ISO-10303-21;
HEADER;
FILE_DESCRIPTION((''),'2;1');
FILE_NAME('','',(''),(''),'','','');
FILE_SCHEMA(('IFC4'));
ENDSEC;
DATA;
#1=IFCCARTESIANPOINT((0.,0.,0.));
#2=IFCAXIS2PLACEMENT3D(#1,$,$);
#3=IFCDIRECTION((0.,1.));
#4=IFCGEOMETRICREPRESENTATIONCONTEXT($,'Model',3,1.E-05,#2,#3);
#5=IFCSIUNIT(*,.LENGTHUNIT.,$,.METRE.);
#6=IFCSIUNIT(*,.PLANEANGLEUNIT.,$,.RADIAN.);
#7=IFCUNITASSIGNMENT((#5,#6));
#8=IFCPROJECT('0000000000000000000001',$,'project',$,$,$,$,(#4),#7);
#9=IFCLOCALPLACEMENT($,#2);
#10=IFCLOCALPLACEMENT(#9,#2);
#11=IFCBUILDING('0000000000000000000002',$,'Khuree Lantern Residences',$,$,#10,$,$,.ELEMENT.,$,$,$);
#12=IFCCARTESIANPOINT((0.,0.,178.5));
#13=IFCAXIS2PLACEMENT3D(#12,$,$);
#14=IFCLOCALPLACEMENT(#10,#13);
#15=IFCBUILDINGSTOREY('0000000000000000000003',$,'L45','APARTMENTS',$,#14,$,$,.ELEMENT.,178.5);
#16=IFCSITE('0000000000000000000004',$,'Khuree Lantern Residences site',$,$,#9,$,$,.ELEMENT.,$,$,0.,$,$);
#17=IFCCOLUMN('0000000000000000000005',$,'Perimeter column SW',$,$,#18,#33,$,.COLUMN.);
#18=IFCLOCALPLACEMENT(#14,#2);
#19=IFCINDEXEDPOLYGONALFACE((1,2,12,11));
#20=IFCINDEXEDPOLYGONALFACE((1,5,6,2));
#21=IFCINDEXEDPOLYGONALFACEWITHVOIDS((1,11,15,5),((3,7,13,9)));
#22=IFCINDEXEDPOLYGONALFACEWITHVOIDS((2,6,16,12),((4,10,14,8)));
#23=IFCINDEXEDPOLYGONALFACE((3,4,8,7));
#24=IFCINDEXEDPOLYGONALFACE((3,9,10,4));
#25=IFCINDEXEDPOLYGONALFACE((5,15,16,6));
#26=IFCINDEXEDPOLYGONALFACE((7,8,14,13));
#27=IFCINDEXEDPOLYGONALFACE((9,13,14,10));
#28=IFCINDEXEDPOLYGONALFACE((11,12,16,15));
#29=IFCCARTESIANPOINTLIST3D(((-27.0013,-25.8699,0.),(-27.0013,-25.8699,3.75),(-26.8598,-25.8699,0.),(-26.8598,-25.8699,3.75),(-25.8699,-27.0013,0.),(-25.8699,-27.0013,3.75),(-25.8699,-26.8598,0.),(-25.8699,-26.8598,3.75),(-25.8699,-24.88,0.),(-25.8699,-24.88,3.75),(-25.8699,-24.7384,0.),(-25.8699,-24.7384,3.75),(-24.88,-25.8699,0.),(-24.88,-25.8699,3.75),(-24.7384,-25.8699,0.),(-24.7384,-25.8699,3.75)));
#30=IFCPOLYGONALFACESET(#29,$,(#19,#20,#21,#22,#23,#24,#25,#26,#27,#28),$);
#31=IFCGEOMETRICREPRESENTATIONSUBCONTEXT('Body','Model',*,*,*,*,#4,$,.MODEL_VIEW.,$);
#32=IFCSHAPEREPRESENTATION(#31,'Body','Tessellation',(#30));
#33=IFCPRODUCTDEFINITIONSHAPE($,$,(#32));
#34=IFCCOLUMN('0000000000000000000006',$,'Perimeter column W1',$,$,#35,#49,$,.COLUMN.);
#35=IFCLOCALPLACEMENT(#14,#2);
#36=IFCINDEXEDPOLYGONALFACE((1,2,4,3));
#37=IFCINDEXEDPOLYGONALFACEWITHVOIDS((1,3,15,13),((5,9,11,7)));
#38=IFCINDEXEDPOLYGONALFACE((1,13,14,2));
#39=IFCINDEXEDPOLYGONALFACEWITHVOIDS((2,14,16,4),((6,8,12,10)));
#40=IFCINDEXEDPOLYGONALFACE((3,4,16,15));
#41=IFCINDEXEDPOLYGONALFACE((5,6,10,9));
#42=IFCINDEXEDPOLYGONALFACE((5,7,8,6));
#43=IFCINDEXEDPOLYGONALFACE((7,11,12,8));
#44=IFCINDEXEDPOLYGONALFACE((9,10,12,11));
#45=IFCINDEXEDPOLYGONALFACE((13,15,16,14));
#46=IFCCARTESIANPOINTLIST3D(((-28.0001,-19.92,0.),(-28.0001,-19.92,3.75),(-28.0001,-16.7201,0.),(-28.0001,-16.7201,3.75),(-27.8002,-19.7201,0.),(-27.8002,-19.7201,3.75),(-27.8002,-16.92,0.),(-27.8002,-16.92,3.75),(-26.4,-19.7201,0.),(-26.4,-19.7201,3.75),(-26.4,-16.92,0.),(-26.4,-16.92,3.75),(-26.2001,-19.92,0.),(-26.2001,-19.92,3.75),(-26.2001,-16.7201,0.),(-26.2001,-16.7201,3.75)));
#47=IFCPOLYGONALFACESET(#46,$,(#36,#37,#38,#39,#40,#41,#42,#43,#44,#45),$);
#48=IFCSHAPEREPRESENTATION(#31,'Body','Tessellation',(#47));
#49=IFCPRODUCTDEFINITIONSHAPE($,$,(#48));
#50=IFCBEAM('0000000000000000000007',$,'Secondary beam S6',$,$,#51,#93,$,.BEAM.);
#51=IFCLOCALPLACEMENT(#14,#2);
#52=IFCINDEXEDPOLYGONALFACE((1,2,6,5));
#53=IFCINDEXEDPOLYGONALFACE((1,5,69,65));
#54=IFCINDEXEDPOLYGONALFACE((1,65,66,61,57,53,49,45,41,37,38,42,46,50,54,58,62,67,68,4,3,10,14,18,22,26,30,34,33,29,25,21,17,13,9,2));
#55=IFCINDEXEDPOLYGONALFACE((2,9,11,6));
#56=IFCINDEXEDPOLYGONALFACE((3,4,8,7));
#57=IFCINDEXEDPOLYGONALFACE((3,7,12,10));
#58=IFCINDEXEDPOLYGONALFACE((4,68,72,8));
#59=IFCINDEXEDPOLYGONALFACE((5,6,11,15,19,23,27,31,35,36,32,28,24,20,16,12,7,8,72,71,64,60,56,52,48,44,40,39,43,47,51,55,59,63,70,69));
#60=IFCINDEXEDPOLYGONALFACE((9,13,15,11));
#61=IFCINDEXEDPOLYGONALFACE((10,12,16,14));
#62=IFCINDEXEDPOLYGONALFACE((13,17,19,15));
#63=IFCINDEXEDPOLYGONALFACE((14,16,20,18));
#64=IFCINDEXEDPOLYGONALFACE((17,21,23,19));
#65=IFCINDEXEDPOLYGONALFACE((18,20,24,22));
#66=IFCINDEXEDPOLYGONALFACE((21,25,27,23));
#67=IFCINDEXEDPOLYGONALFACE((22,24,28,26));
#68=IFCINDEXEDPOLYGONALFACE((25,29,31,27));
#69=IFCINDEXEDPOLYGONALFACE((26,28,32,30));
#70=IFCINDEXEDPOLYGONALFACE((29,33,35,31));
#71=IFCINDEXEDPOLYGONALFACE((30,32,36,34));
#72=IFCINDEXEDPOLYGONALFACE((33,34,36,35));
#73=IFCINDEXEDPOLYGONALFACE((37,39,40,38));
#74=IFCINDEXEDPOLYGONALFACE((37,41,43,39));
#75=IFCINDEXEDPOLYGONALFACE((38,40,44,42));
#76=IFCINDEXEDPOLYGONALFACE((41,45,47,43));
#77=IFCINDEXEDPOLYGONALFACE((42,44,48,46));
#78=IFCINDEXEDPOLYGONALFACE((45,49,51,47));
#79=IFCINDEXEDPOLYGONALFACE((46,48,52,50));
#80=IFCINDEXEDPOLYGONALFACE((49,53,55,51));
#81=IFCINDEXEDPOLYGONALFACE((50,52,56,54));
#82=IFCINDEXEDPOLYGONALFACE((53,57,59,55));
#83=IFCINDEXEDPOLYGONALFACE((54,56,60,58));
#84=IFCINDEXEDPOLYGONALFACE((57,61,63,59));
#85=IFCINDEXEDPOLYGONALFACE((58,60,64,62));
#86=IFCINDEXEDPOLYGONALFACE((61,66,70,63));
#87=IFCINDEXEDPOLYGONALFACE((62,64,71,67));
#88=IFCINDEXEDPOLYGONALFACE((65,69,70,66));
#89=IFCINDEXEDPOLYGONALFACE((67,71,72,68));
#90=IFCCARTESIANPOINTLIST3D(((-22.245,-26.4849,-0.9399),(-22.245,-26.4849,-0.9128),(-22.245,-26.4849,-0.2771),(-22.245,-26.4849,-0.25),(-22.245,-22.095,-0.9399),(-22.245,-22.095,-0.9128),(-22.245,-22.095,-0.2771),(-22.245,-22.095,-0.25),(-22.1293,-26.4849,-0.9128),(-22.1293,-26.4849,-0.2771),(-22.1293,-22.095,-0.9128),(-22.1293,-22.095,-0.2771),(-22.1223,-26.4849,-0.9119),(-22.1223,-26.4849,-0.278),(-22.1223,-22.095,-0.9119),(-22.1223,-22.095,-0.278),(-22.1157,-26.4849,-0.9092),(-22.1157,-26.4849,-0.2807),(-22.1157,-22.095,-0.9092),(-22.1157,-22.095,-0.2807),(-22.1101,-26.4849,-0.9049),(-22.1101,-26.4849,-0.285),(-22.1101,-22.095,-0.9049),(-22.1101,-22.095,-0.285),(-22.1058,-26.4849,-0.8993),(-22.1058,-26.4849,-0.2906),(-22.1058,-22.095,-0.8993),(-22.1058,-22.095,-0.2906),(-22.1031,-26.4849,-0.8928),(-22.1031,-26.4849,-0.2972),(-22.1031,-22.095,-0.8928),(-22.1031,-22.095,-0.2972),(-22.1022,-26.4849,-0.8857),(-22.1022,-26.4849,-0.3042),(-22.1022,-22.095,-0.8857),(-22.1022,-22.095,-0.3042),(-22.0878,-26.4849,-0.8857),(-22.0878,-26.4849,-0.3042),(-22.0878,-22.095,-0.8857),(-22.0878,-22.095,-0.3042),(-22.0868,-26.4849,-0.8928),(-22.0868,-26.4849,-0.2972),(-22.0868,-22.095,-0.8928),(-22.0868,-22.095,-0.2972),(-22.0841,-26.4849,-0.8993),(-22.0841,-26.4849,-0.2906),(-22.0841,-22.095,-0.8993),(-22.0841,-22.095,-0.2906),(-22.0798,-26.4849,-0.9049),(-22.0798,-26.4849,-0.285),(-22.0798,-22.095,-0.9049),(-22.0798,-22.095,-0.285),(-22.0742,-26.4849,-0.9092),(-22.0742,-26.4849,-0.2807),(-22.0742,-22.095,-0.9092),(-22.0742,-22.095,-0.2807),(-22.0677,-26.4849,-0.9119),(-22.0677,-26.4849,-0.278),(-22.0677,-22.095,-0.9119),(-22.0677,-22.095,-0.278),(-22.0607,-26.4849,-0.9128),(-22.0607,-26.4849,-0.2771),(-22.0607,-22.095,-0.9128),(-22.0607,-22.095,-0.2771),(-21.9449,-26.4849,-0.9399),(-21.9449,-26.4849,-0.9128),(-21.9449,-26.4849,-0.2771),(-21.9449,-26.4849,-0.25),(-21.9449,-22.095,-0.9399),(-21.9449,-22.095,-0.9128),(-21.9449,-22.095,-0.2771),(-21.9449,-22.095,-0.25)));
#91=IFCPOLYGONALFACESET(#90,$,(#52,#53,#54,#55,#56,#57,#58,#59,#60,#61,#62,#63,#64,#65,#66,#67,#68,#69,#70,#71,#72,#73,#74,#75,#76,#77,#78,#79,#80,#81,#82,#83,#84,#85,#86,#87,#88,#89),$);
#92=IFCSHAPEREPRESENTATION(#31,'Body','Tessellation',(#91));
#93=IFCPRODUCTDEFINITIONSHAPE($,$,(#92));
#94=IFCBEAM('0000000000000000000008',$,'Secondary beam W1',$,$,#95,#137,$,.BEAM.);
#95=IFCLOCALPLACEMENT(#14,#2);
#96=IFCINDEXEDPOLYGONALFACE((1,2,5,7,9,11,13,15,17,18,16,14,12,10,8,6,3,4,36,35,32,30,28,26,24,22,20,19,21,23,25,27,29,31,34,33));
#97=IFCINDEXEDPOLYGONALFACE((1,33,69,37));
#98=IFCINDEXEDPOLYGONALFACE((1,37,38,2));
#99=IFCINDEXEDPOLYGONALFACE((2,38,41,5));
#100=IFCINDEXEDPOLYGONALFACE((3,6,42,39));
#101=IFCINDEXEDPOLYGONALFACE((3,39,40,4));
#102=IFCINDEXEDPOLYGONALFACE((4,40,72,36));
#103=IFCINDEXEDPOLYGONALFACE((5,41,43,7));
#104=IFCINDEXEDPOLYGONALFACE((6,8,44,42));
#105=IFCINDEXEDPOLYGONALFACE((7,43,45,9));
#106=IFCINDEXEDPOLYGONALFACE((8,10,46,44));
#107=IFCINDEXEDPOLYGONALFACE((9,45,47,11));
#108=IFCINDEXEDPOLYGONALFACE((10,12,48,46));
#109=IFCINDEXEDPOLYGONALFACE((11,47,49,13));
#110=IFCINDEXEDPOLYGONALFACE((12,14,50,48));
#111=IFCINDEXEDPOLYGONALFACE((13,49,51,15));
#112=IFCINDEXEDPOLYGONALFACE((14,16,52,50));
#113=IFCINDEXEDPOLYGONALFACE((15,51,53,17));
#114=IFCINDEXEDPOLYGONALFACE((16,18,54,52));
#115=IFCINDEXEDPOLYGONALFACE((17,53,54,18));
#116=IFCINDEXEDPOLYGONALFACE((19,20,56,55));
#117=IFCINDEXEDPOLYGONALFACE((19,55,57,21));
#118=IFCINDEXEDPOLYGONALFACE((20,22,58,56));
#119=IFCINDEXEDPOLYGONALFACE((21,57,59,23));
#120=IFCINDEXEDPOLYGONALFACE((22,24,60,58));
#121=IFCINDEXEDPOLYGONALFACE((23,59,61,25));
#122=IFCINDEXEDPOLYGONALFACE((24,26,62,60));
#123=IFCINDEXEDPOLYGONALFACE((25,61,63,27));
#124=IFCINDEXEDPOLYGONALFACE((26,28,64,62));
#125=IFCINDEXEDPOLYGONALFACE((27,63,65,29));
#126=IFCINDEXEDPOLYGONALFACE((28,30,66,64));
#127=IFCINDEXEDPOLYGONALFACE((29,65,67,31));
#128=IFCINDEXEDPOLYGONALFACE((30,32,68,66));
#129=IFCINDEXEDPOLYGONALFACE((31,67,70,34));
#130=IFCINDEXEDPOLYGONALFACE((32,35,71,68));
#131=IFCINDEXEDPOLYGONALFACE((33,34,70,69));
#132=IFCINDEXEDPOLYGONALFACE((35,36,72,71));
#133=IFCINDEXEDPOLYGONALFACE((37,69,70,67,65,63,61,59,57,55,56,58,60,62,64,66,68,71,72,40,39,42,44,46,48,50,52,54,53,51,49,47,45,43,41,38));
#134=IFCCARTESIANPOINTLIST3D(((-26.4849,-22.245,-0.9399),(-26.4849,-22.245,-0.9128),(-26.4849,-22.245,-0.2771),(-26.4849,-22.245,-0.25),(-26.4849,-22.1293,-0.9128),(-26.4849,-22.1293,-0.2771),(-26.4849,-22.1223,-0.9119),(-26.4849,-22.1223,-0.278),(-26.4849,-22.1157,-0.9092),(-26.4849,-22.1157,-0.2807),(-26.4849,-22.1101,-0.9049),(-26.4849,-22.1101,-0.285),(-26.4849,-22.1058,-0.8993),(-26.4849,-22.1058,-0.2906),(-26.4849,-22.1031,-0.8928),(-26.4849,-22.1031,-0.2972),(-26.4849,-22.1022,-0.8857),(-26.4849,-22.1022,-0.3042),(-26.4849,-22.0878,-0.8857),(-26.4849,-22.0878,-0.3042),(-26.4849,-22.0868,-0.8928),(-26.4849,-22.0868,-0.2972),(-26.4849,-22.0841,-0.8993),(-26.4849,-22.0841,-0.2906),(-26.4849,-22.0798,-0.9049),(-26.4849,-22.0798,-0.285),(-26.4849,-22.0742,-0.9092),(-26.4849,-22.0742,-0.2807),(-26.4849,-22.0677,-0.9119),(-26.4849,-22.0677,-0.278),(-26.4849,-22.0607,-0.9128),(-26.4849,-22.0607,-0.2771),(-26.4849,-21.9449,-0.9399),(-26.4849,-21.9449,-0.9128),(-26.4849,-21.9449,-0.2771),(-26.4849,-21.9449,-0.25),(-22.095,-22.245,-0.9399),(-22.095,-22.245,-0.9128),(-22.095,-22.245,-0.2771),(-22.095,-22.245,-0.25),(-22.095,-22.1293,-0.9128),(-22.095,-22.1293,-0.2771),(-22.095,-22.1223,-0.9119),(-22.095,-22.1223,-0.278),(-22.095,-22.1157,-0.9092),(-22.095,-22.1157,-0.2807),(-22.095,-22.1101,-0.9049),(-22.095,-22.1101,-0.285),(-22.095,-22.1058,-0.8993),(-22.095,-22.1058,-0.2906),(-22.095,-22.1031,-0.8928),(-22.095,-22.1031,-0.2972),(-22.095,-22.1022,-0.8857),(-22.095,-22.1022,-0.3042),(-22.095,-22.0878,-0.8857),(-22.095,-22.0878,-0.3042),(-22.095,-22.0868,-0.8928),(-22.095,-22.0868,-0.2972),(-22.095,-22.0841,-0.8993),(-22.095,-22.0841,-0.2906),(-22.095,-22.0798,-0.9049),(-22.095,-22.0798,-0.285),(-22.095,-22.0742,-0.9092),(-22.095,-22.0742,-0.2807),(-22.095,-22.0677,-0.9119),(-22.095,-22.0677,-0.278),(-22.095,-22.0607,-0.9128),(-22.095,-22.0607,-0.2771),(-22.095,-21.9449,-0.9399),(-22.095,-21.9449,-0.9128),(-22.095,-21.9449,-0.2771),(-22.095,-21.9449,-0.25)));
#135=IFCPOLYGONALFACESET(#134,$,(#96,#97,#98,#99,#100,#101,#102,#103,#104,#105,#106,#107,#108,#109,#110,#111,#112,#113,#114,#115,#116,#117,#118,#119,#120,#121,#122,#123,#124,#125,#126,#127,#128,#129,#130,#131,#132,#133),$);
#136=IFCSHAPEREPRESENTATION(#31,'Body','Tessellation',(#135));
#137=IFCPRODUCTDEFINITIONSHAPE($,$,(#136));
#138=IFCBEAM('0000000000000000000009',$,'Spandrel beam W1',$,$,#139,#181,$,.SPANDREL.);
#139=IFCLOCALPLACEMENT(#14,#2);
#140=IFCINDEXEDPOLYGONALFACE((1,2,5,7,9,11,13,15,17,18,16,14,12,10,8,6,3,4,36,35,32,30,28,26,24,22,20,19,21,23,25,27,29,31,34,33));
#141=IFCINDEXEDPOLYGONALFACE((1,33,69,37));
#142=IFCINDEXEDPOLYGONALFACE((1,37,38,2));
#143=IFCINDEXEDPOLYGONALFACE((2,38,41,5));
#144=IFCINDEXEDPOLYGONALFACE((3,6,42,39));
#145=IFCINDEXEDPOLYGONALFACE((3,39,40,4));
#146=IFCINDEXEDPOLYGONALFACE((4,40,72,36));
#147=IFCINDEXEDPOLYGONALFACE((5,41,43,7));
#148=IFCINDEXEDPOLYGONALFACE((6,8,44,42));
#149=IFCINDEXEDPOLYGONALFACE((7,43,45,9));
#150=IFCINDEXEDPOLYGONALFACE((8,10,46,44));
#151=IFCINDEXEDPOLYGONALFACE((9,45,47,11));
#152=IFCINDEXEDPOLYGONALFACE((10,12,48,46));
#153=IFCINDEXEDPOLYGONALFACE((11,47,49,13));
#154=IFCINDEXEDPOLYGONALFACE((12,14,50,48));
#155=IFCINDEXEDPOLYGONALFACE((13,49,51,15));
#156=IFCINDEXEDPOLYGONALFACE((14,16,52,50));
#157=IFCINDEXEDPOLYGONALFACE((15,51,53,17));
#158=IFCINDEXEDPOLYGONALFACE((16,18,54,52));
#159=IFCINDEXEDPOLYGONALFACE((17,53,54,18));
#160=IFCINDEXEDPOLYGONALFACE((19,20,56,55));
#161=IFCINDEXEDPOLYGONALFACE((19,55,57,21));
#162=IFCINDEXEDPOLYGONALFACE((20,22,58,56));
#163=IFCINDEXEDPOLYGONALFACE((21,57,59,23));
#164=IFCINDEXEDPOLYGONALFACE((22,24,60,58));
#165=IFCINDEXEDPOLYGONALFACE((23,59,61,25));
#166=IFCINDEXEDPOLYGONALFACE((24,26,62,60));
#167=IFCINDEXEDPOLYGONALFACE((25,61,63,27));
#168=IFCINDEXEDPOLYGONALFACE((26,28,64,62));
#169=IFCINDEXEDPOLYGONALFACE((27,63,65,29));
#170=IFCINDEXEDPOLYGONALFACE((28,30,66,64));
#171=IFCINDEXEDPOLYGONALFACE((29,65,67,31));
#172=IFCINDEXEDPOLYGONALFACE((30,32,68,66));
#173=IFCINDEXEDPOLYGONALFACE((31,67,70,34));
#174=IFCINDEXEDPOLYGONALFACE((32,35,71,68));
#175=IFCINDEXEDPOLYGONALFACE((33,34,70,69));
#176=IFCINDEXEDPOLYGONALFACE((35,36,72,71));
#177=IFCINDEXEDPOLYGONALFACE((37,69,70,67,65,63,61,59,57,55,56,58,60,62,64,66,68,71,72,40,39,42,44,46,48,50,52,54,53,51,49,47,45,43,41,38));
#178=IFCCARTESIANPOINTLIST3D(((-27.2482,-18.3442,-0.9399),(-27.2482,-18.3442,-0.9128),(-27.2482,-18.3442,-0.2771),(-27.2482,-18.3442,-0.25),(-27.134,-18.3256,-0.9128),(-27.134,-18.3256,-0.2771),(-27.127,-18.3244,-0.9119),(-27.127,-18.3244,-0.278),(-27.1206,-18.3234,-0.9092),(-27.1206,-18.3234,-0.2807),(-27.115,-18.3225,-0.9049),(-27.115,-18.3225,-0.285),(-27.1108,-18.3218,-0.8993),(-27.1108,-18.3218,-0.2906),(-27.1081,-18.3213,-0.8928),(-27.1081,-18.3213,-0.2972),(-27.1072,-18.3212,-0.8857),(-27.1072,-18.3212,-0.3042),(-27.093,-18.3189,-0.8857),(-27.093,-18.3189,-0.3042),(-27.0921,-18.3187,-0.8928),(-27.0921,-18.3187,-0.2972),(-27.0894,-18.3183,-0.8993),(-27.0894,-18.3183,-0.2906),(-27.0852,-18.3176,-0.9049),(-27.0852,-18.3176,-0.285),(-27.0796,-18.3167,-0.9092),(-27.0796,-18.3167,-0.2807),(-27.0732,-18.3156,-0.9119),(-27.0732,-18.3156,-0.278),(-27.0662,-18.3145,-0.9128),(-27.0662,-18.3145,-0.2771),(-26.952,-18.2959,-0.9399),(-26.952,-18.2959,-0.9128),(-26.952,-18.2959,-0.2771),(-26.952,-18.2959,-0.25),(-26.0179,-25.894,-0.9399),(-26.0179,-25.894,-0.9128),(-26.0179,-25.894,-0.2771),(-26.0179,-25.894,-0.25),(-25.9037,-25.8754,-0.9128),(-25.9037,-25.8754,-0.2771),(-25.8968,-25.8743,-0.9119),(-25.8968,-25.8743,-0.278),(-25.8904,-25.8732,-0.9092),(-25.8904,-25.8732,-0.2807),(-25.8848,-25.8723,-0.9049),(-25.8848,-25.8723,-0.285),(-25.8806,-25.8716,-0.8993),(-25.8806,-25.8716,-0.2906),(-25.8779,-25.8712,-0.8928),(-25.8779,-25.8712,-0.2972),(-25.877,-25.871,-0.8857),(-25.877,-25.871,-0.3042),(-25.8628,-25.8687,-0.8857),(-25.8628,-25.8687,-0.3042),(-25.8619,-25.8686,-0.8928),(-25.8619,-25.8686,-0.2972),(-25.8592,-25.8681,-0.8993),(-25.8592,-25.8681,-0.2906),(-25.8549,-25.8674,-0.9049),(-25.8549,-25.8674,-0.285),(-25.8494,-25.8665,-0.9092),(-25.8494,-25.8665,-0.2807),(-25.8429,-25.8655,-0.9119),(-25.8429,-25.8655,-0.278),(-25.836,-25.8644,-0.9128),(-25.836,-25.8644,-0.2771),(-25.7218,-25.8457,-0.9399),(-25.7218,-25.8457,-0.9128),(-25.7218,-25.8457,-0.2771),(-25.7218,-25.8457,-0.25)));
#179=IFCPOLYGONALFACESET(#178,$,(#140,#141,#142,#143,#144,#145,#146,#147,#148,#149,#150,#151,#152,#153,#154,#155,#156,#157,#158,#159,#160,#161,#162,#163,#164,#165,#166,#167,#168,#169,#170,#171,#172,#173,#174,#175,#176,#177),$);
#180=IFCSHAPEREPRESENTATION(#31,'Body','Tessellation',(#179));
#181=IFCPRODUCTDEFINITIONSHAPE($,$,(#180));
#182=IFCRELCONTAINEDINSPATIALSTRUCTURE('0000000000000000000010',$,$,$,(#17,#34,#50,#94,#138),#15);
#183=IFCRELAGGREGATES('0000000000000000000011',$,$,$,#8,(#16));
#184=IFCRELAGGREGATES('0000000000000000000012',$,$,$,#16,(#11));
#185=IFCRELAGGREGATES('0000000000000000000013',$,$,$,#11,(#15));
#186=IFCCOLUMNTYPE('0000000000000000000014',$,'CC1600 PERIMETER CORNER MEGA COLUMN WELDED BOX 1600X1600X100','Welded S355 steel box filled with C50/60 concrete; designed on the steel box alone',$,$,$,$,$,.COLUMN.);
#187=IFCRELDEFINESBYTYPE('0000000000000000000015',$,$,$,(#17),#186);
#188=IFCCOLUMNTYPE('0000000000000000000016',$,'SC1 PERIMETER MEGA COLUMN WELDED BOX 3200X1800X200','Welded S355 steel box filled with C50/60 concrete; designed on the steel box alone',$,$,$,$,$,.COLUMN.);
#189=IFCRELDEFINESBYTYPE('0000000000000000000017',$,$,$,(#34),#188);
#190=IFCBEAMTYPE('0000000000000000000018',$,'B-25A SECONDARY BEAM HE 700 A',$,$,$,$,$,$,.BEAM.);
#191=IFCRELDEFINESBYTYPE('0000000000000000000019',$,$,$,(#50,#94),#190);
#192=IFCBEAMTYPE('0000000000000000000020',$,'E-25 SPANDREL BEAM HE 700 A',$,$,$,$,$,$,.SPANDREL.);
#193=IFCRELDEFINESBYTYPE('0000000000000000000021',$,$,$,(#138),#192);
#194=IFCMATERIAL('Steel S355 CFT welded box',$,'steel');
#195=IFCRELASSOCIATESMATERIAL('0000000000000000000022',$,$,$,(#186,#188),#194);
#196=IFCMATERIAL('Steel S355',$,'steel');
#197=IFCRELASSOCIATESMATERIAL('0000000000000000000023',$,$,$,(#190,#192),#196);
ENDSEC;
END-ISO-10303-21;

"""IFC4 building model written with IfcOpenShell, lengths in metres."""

from ifc_helpers import new_model, si_unit, direction, frame, origin, origin_2d, place, context, subcontext, project, spatial, hollow_rectangle, i_section, extrude, material, material_profile, profile_set, type_object, element, save


model = new_model("IFC4")

# Units and contexts
model_context = context("Model", 3, precision=1e-05, world=origin(), true_north=direction((0.0, 1.0)))
body_context = subcontext(model_context, "Body", "Model", "MODEL_VIEW")
ifc_project = project(units=[si_unit("LENGTHUNIT", "METRE"), si_unit("PLANEANGLEUNIT", "RADIAN")], contexts=[model_context])

# Site, building, storey
site_placement = place(None, origin())
site = spatial("IfcSite", under=ifc_project, at=site_placement, Name="Khuree Lantern Residences site", CompositionType="ELEMENT", RefElevation=0.0)
building_placement = place(site_placement, origin())
building = spatial("IfcBuilding", under=site, at=building_placement, Name="Khuree Lantern Residences", CompositionType="ELEMENT")
storey_placement = place(building_placement, frame((0.0, 0.0, 178.5)))
storey = spatial("IfcBuildingStorey", under=building, at=storey_placement, Name="L45", Description="APARTMENTS", CompositionType="ELEMENT", Elevation=178.5)

# Columns
ifc_material_1 = material(Name="Steel S355 CFT welded box", Category="steel")
ifc_material_profile_1 = material_profile(ifc_material_1, hollow_rectangle(XDim=1.6001, YDim=1.6001, WallThickness=0.1001, at=origin_2d()), Name="WELDED BOX 1600X1600X100")
ifc_profile_set_1 = profile_set([ifc_material_profile_1], Name="Steel S355 CFT welded box")
column_type_1 = type_object("IfcColumnType", Name="CC1600 PERIMETER CORNER MEGA COLUMN WELDED BOX 1600X1600X100", Description="Welded S355 steel box filled with C50/60 concrete; designed on the steel box alone", PredefinedType="COLUMN", material=ifc_profile_set_1)
column_1_placement = place(storey_placement, frame((-25.8699, -25.8699, 0.0), z_axis=(0.0, 0.0, 1.0), x_axis=(0.707107, -0.707107, 0.0)))
element("IfcColumn", 1, at=column_1_placement, inside=storey, type_object=column_type_1, Name="Perimeter column SW", PredefinedType="COLUMN", context=body_context, shape_type="SweptSolid", body=[
    extrude(hollow_rectangle(XDim=1.6001, YDim=1.6001, WallThickness=0.1001, at=origin_2d()), origin(), (0.0, 0.0, 1.0), 3.75),
])
ifc_material_profile_2 = material_profile(ifc_material_1, hollow_rectangle(XDim=3.2, YDim=1.8, WallThickness=0.2, at=origin_2d()), Name="WELDED BOX 3200X1800X200")
ifc_profile_set_2 = profile_set([ifc_material_profile_2], Name="Steel S355 CFT welded box")
column_type_2 = type_object("IfcColumnType", Name="SC1 PERIMETER MEGA COLUMN WELDED BOX 3200X1800X200", Description="Welded S355 steel box filled with C50/60 concrete; designed on the steel box alone", PredefinedType="COLUMN", material=ifc_profile_set_2)
column_2_placement = place(storey_placement, frame((-27.1001, -18.3201, 0.0), z_axis=(0.0, 0.0, 1.0), x_axis=(0.0, 1.0, 0.0)))
element("IfcColumn", 2, at=column_2_placement, inside=storey, type_object=column_type_2, Name="Perimeter column W1", PredefinedType="COLUMN", context=body_context, shape_type="SweptSolid", body=[
    extrude(hollow_rectangle(XDim=3.2, YDim=1.8, WallThickness=0.2, at=origin_2d()), origin(), (0.0, 0.0, 1.0), 3.75),
])

# Beams
ifc_material_2 = material(Name="Steel S355", Category="steel")
ifc_material_profile_3 = material_profile(ifc_material_2, i_section(OverallWidth=0.3, OverallDepth=0.6899, WebThickness=0.0144, FlangeThickness=0.0271, FilletRadius=0.0271, at=origin_2d()), Name="HE 700 A")
ifc_profile_set_3 = profile_set([ifc_material_profile_3], Name="Steel S355")
beam_type_1 = type_object("IfcBeamType", Name="B-25A SECONDARY BEAM HE 700 A", PredefinedType="BEAM", material=ifc_profile_set_3)
for number, where, z_axis, x_axis, name in (
    (3, (-22.095, -26.4849, -0.595), (0.0, 1.0, 0.0), (-1.0, 0.0, 0.0), "Secondary beam S6"),
    (4, (-26.4849, -22.095, -0.595), (1.0, 0.0, 0.0), (0.0, 1.0, 0.0), "Secondary beam W1"),
):
    element("IfcBeam", number, at=place(storey_placement, frame(where, z_axis=z_axis, x_axis=x_axis)), inside=storey, type_object=beam_type_1, Name=name, PredefinedType="BEAM", context=body_context, shape_type="SweptSolid", body=[
        extrude(i_section(OverallWidth=0.3, OverallDepth=0.6899, WebThickness=0.0144, FlangeThickness=0.0271, FilletRadius=0.0271, at=origin_2d()), origin(), (0.0, 0.0, 1.0), 4.3899),
    ])
ifc_material_profile_4 = material_profile(ifc_material_2, i_section(OverallWidth=0.3, OverallDepth=0.6899, WebThickness=0.0144, FlangeThickness=0.0271, FilletRadius=0.0271, at=origin_2d()), Name="HE 700 A")
ifc_profile_set_4 = profile_set([ifc_material_profile_4], Name="Steel S355")
beam_type_2 = type_object("IfcBeamType", Name="E-25 SPANDREL BEAM HE 700 A", PredefinedType="SPANDREL", material=ifc_profile_set_4)
beam_1_placement = place(storey_placement, frame((-25.8699, -25.8699, -0.595), z_axis=(-0.160827, 0.986983, 0.0), x_axis=(-0.986983, -0.160827, 0.0)))
element("IfcBeam", 5, at=beam_1_placement, inside=storey, type_object=beam_type_2, Name="Spandrel beam W1", PredefinedType="SPANDREL", context=body_context, shape_type="SweptSolid", body=[
    extrude(i_section(OverallWidth=0.3, OverallDepth=0.6899, WebThickness=0.0144, FlangeThickness=0.0271, FilletRadius=0.0271, at=origin_2d()), origin(), (0.0, 0.0, 1.0), 7.6494),
])

save(model, "model.ifc")
